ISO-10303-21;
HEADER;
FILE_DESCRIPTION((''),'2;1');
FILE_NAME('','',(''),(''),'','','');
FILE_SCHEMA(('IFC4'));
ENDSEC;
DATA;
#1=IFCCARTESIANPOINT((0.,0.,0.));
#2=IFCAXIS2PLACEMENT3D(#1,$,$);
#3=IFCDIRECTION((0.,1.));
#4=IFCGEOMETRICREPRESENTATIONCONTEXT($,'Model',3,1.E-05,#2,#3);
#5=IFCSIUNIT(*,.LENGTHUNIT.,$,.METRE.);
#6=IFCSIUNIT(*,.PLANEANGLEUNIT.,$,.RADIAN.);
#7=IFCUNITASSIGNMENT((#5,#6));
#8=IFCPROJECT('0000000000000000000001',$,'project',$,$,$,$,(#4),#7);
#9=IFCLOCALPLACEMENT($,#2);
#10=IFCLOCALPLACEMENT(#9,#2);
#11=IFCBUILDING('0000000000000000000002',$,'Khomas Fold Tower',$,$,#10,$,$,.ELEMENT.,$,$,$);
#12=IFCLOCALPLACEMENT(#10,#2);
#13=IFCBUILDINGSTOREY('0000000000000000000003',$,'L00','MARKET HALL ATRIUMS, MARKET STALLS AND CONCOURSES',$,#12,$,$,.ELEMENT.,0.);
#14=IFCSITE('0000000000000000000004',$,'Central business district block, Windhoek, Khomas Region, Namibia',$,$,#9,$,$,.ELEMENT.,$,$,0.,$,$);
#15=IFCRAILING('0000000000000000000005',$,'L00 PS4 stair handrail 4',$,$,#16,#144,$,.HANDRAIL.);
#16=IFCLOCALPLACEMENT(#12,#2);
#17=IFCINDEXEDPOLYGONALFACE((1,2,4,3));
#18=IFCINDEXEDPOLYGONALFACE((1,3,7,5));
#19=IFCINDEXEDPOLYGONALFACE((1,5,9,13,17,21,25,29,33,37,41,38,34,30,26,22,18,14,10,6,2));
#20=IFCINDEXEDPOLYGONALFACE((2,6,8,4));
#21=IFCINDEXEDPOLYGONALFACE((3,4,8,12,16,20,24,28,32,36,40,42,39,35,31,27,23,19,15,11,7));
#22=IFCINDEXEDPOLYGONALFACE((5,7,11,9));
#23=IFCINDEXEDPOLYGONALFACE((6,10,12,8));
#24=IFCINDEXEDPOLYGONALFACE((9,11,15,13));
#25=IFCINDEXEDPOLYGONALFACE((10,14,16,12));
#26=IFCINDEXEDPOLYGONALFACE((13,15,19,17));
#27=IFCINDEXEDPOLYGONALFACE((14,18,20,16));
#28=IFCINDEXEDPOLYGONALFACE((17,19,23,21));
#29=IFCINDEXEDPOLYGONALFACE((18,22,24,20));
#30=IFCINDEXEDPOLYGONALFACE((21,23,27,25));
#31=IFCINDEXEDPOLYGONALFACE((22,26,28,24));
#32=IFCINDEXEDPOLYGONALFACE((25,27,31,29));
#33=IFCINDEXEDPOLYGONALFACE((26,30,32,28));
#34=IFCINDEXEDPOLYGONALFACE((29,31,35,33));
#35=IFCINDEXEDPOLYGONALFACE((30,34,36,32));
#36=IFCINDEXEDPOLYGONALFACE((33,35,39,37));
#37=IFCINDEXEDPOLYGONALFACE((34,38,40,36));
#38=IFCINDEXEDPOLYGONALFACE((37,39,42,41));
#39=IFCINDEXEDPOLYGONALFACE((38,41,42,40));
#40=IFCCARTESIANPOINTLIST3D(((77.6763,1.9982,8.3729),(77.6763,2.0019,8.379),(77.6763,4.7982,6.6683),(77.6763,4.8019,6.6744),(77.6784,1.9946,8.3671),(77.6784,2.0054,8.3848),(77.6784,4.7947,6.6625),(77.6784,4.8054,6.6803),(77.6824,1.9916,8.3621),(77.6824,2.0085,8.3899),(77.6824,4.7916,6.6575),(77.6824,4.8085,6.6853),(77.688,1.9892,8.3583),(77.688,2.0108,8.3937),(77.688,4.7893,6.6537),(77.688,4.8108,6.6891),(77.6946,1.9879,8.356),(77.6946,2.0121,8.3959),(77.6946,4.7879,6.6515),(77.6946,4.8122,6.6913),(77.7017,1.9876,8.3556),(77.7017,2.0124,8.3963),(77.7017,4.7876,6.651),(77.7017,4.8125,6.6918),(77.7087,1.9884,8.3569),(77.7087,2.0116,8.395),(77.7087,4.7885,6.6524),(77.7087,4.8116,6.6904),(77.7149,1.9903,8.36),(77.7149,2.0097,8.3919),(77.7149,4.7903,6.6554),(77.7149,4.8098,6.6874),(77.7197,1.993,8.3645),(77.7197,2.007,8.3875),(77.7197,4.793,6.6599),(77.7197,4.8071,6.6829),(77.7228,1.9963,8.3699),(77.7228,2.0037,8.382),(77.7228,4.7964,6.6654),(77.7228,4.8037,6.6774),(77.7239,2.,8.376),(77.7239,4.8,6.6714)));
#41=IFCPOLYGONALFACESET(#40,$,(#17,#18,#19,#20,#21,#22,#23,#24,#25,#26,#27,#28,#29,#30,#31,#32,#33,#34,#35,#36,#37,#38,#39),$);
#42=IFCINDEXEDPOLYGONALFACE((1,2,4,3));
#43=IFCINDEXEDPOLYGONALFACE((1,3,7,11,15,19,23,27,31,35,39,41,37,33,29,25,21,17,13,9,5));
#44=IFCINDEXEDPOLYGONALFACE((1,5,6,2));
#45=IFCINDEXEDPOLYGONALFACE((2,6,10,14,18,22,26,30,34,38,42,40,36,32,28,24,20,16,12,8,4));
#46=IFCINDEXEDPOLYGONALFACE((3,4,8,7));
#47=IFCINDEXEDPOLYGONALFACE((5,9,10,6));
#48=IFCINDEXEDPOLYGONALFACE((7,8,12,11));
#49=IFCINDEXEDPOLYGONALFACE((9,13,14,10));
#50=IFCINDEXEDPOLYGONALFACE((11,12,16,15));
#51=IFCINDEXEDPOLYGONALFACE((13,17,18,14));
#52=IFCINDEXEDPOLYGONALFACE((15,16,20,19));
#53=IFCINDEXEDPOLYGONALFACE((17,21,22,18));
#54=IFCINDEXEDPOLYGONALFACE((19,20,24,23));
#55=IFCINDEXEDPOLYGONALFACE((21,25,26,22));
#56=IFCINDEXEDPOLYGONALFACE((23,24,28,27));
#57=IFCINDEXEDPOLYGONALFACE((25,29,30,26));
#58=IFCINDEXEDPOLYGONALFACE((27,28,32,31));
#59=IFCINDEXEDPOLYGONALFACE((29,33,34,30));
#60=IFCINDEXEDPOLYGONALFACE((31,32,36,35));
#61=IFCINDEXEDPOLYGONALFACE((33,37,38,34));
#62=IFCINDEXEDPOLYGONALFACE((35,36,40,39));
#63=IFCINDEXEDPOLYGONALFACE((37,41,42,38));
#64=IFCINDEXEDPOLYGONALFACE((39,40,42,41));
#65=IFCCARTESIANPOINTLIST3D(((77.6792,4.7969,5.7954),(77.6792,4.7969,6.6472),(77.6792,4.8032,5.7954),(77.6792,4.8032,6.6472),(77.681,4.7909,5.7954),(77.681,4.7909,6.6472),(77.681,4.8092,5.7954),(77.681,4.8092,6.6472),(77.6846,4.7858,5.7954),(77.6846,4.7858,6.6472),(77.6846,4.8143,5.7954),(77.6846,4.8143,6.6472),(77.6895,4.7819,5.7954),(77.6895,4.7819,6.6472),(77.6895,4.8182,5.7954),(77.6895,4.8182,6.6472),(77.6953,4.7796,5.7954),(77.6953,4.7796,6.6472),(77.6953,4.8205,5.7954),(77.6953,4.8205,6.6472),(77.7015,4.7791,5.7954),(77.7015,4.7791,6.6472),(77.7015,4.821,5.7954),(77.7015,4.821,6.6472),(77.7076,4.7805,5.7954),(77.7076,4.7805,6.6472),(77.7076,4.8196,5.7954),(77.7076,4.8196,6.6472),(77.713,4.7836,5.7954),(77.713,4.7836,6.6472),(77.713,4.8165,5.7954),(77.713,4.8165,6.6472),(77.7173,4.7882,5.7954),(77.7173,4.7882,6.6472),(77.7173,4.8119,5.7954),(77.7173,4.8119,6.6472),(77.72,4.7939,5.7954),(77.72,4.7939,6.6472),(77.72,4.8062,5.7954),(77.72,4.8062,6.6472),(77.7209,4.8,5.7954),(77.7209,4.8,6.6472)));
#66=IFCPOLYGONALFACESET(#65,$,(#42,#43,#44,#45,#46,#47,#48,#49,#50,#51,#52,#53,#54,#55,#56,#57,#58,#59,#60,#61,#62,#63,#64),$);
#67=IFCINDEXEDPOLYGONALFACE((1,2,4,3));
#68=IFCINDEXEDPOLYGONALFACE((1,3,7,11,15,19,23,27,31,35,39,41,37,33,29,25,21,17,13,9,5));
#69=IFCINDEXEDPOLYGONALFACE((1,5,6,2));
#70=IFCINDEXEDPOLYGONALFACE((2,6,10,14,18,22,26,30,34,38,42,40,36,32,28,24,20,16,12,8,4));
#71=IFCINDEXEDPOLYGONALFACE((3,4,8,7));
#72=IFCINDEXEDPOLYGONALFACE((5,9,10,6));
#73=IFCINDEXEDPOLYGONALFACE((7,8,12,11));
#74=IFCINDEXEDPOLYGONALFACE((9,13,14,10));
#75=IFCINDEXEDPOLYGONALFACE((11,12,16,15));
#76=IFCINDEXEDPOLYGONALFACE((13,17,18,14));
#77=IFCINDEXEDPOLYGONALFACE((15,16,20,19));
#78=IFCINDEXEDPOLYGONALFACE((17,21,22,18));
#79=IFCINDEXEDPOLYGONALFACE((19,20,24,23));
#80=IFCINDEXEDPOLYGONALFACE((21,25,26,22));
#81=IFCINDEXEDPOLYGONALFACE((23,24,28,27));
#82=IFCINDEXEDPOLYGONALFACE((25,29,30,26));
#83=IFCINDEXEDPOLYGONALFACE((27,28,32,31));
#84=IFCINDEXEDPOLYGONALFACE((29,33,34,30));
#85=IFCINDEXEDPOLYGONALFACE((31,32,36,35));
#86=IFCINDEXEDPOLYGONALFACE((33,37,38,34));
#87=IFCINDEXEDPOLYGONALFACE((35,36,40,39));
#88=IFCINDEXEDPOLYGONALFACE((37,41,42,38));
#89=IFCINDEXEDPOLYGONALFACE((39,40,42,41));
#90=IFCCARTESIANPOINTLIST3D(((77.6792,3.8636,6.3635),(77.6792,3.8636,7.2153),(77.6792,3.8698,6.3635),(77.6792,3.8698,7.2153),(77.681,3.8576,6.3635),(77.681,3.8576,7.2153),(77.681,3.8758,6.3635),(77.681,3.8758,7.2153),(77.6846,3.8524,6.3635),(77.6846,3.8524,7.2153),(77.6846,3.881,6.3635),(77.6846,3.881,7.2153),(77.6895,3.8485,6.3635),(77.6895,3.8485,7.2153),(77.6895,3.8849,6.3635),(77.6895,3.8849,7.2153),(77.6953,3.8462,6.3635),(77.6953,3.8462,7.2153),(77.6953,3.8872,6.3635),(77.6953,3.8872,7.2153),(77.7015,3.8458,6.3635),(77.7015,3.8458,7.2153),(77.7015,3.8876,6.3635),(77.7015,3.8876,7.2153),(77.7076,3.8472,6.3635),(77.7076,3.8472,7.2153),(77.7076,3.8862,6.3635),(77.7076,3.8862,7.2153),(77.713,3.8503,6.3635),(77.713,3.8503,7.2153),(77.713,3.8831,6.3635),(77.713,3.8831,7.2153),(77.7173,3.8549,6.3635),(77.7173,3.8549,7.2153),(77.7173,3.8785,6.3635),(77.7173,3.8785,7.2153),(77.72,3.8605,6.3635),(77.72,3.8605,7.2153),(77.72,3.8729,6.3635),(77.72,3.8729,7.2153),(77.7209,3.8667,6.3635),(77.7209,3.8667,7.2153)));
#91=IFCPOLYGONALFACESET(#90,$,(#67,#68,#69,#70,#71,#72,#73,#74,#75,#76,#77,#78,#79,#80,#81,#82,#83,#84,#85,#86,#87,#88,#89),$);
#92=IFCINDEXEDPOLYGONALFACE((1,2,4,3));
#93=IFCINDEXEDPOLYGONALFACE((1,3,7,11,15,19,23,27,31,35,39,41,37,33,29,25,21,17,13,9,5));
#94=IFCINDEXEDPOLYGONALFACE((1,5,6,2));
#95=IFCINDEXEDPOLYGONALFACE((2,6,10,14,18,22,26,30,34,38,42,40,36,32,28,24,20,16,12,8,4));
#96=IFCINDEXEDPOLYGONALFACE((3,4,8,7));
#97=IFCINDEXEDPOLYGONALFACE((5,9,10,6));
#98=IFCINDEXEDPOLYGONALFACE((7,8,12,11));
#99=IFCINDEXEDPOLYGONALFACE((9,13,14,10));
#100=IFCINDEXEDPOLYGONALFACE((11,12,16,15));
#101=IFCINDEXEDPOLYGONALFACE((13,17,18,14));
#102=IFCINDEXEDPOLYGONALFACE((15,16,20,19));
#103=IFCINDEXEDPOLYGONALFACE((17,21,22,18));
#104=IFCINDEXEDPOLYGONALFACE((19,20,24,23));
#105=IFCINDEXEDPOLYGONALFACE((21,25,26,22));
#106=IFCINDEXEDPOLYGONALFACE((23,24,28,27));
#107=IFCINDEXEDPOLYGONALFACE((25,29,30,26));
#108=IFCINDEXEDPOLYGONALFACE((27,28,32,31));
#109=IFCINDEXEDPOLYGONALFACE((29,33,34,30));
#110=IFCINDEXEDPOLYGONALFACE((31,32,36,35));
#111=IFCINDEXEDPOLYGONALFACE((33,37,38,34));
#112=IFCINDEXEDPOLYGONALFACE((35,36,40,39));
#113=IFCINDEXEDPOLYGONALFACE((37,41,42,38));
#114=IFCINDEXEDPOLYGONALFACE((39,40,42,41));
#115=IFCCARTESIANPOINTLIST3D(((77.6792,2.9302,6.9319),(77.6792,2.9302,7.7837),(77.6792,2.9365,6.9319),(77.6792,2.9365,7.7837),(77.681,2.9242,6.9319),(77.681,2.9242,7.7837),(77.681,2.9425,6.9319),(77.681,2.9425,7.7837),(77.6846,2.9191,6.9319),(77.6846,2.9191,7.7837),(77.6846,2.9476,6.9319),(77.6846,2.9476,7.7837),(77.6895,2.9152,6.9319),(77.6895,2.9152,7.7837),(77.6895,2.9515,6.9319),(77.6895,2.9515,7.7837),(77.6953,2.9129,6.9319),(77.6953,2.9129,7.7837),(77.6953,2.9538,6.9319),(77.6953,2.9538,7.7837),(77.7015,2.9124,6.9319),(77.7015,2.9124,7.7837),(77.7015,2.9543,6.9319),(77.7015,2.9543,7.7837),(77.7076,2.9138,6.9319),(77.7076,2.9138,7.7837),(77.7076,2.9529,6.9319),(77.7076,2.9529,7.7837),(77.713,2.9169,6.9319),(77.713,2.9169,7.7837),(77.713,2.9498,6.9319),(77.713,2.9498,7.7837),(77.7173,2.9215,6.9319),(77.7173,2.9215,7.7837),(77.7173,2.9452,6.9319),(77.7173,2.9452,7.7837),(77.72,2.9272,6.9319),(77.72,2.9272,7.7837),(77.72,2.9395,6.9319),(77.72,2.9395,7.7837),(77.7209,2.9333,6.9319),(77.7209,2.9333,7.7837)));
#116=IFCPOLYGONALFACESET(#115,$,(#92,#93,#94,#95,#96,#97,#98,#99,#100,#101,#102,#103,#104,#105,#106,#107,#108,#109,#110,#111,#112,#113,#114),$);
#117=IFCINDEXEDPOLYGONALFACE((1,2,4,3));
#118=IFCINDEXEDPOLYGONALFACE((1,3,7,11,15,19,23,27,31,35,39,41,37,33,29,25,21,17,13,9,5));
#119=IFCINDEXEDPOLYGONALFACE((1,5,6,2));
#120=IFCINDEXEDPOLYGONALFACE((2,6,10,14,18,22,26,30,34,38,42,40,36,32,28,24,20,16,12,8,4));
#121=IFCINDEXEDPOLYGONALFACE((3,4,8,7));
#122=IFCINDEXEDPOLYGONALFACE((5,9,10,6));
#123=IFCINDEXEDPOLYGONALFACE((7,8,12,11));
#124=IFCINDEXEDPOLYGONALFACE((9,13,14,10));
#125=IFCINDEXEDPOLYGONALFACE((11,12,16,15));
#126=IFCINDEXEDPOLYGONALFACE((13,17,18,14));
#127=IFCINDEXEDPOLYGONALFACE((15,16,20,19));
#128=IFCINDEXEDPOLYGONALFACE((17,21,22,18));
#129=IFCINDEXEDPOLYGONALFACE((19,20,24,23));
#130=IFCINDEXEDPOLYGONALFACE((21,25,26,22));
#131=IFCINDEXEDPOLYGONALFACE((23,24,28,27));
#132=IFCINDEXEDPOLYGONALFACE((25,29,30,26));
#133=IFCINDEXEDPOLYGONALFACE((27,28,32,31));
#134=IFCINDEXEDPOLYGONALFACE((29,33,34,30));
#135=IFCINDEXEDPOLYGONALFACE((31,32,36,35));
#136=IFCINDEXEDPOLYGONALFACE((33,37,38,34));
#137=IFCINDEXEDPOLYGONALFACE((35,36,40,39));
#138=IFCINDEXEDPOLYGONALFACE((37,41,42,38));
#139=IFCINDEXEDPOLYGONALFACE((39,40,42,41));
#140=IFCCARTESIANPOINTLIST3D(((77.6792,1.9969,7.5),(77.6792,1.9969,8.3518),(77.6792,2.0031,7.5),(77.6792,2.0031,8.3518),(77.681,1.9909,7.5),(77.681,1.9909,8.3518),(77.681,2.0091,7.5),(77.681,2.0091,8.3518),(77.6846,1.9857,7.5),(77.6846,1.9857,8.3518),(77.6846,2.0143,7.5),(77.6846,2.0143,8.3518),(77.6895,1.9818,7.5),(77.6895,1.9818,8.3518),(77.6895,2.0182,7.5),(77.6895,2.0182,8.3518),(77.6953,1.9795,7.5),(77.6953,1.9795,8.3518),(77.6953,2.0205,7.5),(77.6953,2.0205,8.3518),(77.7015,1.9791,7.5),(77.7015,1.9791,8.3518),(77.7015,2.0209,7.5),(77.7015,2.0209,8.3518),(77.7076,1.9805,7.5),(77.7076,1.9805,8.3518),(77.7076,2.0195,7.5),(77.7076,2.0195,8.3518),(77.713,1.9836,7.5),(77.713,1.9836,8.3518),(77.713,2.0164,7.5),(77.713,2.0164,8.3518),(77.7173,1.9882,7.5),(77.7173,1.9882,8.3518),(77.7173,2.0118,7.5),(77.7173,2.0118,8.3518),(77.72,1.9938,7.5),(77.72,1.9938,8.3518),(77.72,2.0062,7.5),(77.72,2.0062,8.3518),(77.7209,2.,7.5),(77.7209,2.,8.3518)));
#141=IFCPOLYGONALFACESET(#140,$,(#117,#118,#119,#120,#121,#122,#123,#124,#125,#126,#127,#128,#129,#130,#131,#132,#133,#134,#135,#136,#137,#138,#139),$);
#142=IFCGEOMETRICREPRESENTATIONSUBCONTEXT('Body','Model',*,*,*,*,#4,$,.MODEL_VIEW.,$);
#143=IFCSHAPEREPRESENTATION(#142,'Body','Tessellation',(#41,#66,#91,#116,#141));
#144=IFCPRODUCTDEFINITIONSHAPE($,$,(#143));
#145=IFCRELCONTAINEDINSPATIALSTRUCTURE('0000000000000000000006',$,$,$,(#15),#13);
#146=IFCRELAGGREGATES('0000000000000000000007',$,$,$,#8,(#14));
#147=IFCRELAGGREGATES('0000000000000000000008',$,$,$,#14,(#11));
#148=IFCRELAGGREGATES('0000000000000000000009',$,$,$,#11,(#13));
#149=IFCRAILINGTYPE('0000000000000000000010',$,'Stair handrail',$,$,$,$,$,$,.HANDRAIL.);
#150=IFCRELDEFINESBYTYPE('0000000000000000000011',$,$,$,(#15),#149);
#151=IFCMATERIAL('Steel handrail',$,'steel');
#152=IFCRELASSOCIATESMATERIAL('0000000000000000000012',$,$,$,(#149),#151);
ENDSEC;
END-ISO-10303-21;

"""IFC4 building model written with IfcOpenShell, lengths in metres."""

from ifc_helpers import new_model, si_unit, direction, frame, origin, origin_2d, place, context, subcontext, project, spatial, circle, extrude, source, transform, mapped, material, type_object, element, save


model = new_model("IFC4")

# Units and contexts
model_context = context("Model", 3, precision=1e-05, world=origin(), true_north=direction((0.0, 1.0)))
body_context = subcontext(model_context, "Body", "Model", "MODEL_VIEW")
ifc_project = project(units=[si_unit("LENGTHUNIT", "METRE"), si_unit("PLANEANGLEUNIT", "RADIAN")], contexts=[model_context])

# Site, building, storey
site_placement = place(None, origin())
site = spatial("IfcSite", under=ifc_project, at=site_placement, Name="Central business district block, Windhoek, Khomas Region, Namibia", CompositionType="ELEMENT", RefElevation=0.0)
building_placement = place(site_placement, origin())
building = spatial("IfcBuilding", under=site, at=building_placement, Name="Khomas Fold Tower", CompositionType="ELEMENT")
storey_placement = place(building_placement, origin())
storey = spatial("IfcBuildingStorey", under=building, at=storey_placement, Name="L00", Description="MARKET HALL ATRIUMS, MARKET STALLS AND CONCOURSES", CompositionType="ELEMENT", Elevation=0.0)

# Railing
ifc_material_1 = material(Name="Steel handrail", Category="steel")
railing_type_1 = type_object("IfcRailingType", Name="Stair handrail", PredefinedType="HANDRAIL", material=ifc_material_1)
shared_shape_1 = source(origin(), body_context, "Body", "SweptSolid", [
    extrude(circle(Radius=0.0239, at=origin_2d()), frame((0.0, 0.0, 0.876), z_axis=(0.0, -0.85417, 0.519994), x_axis=(1.0, 0.0, 0.0)), (0.0, 0.0, 1.0), 3.2781),
    extrude(circle(Radius=0.021, at=origin_2d()), origin(), (0.0, 0.0, 1.0), 0.8518),
    extrude(circle(Radius=0.021, at=origin_2d()), frame((0.0, -0.9333, 0.5681)), (0.0, 0.0, 1.0), 0.8518),
    extrude(circle(Radius=0.021, at=origin_2d()), frame((0.0, -1.8667, 1.1365)), (0.0, 0.0, 1.0), 0.8518),
    extrude(circle(Radius=0.021, at=origin_2d()), frame((0.0, -2.8, 1.7046)), (0.0, 0.0, 1.0), 0.8518),
])
for number, where, name in (
    (1, (77.7, 4.8, 5.7954), "L00 PS4 stair handrail 4"),
):
    element("IfcRailing", number, at=place(storey_placement, frame(where)), inside=storey, type_object=railing_type_1, Name=name, PredefinedType="HANDRAIL", context=body_context, shape_type="MappedRepresentation", body=[
        mapped(shared_shape_1, transform((0.0, 0.0, 0.0))),
    ])

save(model, "model.ifc")
